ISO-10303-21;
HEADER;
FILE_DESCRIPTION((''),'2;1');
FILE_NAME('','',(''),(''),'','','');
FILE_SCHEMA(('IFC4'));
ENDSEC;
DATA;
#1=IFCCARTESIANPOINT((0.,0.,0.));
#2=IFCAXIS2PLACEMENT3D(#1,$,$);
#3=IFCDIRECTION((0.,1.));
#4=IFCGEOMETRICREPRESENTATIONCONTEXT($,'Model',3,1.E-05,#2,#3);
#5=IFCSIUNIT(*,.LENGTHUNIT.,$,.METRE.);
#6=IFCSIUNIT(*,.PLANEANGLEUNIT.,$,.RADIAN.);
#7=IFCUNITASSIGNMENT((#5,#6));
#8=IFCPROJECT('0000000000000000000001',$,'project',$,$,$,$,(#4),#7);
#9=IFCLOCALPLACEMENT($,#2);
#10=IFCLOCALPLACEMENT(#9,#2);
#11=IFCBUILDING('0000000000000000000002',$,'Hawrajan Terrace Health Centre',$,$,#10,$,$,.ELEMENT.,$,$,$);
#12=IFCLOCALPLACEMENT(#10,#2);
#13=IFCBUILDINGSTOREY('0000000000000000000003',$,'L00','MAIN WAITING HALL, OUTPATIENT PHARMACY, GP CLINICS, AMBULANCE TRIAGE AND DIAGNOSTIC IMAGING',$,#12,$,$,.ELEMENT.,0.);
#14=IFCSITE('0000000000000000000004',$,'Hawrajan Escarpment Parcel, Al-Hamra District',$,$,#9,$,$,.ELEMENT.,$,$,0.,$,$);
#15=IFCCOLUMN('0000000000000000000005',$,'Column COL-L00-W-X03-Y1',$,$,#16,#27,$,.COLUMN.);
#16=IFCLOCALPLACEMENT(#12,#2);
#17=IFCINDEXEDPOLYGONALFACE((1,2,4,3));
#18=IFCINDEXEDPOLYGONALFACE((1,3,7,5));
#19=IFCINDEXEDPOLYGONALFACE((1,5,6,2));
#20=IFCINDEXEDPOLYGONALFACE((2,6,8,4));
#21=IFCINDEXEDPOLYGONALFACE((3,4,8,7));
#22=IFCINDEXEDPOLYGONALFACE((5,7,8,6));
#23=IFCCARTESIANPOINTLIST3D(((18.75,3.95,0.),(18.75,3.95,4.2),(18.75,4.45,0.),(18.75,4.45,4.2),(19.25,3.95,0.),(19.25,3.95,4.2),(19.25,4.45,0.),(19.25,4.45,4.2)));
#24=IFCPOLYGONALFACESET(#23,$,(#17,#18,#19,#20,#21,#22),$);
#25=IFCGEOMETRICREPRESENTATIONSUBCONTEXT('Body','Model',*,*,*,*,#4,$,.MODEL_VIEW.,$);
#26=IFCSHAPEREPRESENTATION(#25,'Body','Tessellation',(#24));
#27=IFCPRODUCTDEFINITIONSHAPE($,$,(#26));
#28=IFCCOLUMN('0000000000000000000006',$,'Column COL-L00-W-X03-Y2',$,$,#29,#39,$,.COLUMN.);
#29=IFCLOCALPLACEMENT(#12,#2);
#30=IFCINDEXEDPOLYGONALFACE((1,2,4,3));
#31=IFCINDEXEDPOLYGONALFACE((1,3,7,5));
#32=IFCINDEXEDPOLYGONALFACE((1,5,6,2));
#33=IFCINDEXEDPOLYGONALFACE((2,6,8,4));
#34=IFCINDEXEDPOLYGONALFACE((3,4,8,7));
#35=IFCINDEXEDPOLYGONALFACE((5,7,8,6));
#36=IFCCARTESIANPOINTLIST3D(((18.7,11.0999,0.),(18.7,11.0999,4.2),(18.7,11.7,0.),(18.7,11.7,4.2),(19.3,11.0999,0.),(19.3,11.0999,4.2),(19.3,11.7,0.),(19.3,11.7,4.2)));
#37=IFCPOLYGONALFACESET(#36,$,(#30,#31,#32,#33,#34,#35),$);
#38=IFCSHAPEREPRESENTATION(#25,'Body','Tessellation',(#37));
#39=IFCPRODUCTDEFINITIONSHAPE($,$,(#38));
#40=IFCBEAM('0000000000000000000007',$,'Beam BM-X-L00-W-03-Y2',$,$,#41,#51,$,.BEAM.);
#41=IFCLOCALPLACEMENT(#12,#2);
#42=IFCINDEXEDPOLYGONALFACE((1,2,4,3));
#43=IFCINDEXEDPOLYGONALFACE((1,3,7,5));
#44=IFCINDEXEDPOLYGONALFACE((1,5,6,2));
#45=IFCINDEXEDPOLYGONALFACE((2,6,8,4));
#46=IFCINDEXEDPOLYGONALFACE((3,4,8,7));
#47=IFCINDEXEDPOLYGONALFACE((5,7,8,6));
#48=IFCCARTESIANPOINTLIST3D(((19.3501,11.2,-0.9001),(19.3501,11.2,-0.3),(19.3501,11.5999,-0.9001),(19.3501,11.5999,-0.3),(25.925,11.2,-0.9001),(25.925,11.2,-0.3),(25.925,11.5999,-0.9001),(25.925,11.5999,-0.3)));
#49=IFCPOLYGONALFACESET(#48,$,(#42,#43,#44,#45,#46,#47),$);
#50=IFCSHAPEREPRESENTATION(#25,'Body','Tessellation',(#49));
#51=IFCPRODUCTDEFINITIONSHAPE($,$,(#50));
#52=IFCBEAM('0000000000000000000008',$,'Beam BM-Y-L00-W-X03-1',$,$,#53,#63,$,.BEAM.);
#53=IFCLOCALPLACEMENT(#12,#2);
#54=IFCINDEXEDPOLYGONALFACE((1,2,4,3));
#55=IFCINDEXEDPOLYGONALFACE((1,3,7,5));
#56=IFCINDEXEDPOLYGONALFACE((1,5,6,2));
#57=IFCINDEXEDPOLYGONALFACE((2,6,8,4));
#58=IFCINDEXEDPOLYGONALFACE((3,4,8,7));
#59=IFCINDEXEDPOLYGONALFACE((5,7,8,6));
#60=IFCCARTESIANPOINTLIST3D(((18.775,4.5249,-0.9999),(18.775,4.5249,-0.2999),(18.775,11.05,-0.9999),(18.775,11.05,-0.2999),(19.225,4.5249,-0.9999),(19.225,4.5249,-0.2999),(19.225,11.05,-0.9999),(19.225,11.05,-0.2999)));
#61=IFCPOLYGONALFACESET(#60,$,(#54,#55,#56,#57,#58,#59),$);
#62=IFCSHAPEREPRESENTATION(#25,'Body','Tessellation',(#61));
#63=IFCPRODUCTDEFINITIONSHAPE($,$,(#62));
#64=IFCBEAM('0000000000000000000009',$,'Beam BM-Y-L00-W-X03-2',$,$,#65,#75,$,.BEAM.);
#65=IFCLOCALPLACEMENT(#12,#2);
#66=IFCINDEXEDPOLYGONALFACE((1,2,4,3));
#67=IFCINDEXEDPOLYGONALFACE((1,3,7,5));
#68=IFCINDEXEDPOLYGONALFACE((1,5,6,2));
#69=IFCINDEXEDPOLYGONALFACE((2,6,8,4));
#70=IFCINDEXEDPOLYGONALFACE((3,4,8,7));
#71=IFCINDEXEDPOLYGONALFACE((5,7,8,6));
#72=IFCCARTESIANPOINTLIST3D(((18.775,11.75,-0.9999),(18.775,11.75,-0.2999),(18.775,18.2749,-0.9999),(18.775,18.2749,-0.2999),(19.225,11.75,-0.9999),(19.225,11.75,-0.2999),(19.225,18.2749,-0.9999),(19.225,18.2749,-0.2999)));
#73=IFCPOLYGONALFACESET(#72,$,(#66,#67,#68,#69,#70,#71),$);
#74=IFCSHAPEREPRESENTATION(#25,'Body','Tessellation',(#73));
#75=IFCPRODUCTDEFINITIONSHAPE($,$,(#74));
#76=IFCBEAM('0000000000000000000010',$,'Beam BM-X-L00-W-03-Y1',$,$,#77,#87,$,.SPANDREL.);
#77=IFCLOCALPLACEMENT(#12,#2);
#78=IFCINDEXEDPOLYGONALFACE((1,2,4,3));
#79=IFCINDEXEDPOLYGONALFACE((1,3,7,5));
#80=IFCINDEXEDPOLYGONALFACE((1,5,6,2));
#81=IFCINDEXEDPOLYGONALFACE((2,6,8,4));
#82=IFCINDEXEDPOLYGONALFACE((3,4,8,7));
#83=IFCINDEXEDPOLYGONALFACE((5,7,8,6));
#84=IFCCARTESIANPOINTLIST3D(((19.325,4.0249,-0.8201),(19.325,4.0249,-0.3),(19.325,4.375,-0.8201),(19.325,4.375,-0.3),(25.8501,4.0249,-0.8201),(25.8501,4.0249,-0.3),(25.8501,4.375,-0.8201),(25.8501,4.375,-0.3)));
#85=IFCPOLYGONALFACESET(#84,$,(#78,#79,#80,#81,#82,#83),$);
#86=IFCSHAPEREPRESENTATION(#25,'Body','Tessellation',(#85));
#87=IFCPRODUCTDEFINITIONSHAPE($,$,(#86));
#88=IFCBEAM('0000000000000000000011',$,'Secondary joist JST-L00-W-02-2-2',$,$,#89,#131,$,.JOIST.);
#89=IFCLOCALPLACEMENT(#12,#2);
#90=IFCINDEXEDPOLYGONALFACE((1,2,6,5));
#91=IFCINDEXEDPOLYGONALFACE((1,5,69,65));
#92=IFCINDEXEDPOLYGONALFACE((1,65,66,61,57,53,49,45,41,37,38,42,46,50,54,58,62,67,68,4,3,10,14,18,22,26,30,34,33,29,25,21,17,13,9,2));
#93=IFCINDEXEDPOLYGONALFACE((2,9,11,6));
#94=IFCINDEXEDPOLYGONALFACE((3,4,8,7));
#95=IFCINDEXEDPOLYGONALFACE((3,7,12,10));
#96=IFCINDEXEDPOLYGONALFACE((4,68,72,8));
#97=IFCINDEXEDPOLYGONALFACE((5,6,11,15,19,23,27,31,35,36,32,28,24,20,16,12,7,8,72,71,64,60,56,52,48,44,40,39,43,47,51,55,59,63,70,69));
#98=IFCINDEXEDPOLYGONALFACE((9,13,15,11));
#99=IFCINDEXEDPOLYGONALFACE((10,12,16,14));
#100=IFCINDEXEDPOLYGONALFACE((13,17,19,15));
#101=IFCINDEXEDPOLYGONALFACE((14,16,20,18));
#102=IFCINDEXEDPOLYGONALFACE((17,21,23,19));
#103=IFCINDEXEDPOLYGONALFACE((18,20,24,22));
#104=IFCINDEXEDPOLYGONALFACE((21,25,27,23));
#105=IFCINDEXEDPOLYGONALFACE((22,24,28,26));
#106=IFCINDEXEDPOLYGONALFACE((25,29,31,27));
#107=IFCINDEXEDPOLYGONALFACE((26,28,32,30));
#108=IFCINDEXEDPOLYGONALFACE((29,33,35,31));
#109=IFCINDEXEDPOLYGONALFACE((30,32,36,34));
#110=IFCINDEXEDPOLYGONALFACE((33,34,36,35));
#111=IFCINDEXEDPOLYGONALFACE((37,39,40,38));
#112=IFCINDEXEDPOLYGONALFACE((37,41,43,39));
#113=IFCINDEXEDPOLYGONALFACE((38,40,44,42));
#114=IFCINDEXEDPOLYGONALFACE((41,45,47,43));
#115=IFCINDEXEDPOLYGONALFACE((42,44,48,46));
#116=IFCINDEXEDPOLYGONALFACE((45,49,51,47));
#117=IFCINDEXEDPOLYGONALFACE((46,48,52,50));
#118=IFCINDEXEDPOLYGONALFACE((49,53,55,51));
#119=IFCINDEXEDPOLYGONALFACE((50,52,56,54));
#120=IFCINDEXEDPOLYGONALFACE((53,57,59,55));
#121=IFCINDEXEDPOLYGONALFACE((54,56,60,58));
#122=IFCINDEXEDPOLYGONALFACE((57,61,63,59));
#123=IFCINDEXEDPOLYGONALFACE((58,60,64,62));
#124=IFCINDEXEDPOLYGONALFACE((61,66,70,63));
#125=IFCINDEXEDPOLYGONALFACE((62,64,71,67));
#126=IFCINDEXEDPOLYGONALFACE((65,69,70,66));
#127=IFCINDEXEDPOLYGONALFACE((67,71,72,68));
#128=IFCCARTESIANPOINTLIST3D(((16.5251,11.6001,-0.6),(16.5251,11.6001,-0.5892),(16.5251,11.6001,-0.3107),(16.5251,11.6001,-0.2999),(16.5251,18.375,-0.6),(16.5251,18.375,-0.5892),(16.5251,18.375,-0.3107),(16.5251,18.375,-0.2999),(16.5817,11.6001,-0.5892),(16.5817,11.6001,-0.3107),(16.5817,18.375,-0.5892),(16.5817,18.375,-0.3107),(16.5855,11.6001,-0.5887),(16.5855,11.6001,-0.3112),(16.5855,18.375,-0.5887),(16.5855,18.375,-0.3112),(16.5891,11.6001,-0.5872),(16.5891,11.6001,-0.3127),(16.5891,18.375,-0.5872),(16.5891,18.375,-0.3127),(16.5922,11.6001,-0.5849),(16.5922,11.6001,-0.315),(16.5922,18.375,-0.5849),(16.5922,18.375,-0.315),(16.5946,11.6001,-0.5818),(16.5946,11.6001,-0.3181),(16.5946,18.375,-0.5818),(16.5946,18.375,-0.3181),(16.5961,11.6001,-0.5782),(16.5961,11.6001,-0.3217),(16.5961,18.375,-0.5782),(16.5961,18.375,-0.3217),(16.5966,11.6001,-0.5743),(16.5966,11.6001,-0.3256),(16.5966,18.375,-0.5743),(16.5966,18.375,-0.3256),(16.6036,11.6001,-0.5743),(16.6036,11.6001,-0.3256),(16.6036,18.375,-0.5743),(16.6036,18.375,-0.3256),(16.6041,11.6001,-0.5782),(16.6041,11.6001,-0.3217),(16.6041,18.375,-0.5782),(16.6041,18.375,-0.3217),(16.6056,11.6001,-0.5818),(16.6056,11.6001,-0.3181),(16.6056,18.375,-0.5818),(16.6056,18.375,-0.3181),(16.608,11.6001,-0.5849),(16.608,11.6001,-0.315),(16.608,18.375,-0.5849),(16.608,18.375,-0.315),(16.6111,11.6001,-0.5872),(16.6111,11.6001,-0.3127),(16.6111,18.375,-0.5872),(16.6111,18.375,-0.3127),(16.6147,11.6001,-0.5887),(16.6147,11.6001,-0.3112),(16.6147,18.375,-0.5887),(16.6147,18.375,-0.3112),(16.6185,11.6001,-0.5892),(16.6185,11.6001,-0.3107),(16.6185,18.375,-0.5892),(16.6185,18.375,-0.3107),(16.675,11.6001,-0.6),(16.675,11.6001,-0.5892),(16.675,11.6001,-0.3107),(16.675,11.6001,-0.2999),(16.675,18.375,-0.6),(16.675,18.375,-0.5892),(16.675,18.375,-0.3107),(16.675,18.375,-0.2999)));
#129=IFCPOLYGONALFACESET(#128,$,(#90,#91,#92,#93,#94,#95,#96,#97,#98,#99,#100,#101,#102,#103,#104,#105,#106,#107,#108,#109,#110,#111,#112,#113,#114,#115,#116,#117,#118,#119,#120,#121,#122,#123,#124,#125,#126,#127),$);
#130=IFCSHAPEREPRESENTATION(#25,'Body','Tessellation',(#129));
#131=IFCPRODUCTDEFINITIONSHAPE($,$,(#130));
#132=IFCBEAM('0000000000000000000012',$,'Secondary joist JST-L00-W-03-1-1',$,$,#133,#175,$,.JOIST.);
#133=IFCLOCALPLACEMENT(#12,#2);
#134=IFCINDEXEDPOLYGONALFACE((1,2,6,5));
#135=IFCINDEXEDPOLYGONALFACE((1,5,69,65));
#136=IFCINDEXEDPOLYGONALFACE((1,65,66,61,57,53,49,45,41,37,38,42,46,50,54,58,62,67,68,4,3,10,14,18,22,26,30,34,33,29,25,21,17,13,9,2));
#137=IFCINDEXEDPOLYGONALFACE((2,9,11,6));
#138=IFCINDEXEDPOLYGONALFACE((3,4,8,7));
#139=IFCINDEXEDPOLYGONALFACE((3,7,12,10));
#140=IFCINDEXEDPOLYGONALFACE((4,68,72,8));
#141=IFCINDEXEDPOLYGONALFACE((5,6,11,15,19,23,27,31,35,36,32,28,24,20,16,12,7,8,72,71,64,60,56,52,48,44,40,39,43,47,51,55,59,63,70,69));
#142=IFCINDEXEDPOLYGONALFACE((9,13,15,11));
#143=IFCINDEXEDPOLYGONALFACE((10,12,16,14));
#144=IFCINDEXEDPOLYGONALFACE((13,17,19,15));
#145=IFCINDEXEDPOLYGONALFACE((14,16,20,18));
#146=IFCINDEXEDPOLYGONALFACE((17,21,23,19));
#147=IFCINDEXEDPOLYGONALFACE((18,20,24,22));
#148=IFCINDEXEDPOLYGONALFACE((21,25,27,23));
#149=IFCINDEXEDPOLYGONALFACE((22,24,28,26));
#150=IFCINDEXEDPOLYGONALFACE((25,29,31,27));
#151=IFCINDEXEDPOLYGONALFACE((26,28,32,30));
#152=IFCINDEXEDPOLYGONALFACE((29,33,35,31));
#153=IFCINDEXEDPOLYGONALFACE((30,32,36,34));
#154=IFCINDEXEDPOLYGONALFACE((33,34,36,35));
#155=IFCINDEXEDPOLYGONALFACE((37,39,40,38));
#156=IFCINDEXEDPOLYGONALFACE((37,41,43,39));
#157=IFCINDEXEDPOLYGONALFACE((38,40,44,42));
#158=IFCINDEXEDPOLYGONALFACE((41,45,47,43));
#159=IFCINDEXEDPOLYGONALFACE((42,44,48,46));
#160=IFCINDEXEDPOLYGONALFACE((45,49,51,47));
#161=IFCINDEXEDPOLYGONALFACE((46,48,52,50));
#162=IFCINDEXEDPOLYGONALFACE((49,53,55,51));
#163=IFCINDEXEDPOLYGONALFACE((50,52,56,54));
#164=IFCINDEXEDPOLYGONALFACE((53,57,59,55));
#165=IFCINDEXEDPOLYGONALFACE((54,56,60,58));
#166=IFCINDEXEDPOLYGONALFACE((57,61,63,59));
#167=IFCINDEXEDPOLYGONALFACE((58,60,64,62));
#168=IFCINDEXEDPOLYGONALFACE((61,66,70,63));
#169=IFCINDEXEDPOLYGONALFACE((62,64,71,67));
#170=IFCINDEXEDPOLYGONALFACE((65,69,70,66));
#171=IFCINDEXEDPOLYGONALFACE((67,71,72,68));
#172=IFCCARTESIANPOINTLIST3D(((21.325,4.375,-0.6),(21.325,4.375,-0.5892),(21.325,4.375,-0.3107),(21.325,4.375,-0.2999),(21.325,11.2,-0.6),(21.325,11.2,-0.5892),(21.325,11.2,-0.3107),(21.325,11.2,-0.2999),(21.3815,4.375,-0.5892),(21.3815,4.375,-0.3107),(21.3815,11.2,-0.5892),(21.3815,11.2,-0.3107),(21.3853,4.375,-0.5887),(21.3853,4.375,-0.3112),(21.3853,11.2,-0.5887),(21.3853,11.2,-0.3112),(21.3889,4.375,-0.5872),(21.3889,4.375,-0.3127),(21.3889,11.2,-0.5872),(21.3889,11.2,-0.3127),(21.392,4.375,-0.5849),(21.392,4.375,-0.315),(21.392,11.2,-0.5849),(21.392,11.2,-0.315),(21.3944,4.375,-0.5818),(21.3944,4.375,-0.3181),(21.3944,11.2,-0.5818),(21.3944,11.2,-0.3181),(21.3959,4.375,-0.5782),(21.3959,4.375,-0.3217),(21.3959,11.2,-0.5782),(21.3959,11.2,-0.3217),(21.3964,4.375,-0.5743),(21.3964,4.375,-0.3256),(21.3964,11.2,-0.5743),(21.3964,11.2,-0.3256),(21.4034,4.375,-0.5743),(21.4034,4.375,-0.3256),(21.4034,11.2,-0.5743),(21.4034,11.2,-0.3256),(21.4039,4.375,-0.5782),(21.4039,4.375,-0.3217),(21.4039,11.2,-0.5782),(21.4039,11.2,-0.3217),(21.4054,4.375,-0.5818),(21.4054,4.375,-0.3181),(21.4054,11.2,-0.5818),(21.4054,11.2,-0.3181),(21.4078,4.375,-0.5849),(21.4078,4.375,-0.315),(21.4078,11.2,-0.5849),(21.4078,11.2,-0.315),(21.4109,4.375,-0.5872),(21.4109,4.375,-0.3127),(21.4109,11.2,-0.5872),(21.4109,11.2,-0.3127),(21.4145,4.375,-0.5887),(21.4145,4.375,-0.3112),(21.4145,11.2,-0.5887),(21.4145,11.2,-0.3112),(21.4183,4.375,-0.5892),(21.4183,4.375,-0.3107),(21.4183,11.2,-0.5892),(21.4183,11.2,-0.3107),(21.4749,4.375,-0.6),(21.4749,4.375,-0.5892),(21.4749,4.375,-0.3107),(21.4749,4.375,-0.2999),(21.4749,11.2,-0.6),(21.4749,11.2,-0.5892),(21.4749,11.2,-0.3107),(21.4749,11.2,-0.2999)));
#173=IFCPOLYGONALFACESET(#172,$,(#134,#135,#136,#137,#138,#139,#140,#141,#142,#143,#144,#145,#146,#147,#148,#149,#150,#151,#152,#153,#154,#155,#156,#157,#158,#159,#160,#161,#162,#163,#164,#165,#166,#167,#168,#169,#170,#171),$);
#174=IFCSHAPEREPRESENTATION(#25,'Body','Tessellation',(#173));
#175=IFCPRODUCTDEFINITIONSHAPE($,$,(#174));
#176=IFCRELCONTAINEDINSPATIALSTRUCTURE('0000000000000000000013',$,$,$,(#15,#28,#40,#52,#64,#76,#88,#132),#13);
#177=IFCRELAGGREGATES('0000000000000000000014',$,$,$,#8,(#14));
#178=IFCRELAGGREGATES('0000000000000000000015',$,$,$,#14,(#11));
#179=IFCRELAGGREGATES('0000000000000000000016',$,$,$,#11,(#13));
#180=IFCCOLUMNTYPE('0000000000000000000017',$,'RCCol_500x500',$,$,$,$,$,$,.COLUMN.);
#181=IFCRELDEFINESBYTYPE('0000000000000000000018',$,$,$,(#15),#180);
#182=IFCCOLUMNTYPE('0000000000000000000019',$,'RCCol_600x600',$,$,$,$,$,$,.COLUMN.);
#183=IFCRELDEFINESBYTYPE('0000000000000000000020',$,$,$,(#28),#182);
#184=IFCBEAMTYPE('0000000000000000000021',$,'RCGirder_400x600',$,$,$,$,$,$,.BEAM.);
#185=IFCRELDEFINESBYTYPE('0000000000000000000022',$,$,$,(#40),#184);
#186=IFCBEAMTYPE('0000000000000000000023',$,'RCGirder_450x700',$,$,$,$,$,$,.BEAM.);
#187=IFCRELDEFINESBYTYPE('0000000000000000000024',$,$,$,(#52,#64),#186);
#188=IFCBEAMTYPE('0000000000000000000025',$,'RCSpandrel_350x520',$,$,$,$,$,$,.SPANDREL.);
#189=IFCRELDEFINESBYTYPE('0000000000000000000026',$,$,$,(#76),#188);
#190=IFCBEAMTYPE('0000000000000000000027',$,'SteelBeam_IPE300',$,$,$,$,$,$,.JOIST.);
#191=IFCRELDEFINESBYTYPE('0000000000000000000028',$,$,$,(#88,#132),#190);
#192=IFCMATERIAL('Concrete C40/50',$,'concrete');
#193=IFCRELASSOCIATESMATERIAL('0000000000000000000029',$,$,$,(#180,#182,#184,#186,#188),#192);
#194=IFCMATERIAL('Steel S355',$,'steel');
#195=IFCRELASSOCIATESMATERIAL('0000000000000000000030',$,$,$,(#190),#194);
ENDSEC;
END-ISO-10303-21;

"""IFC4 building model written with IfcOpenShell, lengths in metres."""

from ifc_helpers import new_model, si_unit, direction, frame, origin, origin_2d, place, context, subcontext, project, spatial, rectangle, i_section, extrude, material, material_profile, profile_set, type_object, element, save


model = new_model("IFC4")

# Units and contexts
model_context = context("Model", 3, precision=1e-05, world=origin(), true_north=direction((0.0, 1.0)))
body_context = subcontext(model_context, "Body", "Model", "MODEL_VIEW")
ifc_project = project(units=[si_unit("LENGTHUNIT", "METRE"), si_unit("PLANEANGLEUNIT", "RADIAN")], contexts=[model_context])

# Site, building, storey
site_placement = place(None, origin())
site = spatial("IfcSite", under=ifc_project, at=site_placement, Name="Hawrajan Escarpment Parcel, Al-Hamra District", CompositionType="ELEMENT", RefElevation=0.0)
building_placement = place(site_placement, origin())
building = spatial("IfcBuilding", under=site, at=building_placement, Name="Hawrajan Terrace Health Centre", CompositionType="ELEMENT")
storey_placement = place(building_placement, origin())
storey = spatial("IfcBuildingStorey", under=building, at=storey_placement, Name="L00", Description="MAIN WAITING HALL, OUTPATIENT PHARMACY, GP CLINICS, AMBULANCE TRIAGE AND DIAGNOSTIC IMAGING", CompositionType="ELEMENT", Elevation=0.0)

# Columns
ifc_material_1 = material(Name="Concrete C40/50", Category="concrete")
ifc_material_profile_1 = material_profile(ifc_material_1, rectangle(XDim=0.5, YDim=0.5, at=origin_2d()), Name="RC 500x500")
ifc_profile_set_1 = profile_set([ifc_material_profile_1], Name="Concrete C40/50")
column_type_1 = type_object("IfcColumnType", Name="RCCol_500x500", PredefinedType="COLUMN", material=ifc_profile_set_1)
column_1_placement = place(storey_placement, frame((19.0, 4.2, 0.0), z_axis=(0.0, 0.0, 1.0), x_axis=(1.0, 0.0, 0.0)))
element("IfcColumn", 1, at=column_1_placement, inside=storey, type_object=column_type_1, Name="Column COL-L00-W-X03-Y1", PredefinedType="COLUMN", context=body_context, shape_type="SweptSolid", body=[
    extrude(rectangle(XDim=0.5, YDim=0.5, at=origin_2d()), origin(), (0.0, 0.0, 1.0), 4.2),
])
ifc_material_profile_2 = material_profile(ifc_material_1, rectangle(XDim=0.6001, YDim=0.6001, at=origin_2d()), Name="RC 600x600")
ifc_profile_set_2 = profile_set([ifc_material_profile_2], Name="Concrete C40/50")
column_type_2 = type_object("IfcColumnType", Name="RCCol_600x600", PredefinedType="COLUMN", material=ifc_profile_set_2)
column_2_placement = place(storey_placement, frame((19.0, 11.3999, 0.0), z_axis=(0.0, 0.0, 1.0), x_axis=(1.0, 0.0, 0.0)))
element("IfcColumn", 2, at=column_2_placement, inside=storey, type_object=column_type_2, Name="Column COL-L00-W-X03-Y2", PredefinedType="COLUMN", context=body_context, shape_type="SweptSolid", body=[
    extrude(rectangle(XDim=0.6001, YDim=0.6001, at=origin_2d()), origin(), (0.0, 0.0, 1.0), 4.2),
])

# Beams
ifc_material_profile_3 = material_profile(ifc_material_1, rectangle(XDim=0.3999, YDim=0.6001, at=origin_2d()), Name="RC BM 400x600")
ifc_profile_set_3 = profile_set([ifc_material_profile_3], Name="Concrete C40/50")
beam_type_1 = type_object("IfcBeamType", Name="RCGirder_400x600", PredefinedType="BEAM", material=ifc_profile_set_3)
beam_1_placement = place(storey_placement, frame((19.3501, 11.3999, -0.6001), z_axis=(1.0, 0.0, 0.0), x_axis=(0.0, 1.0, 0.0)))
element("IfcBeam", 3, at=beam_1_placement, inside=storey, type_object=beam_type_1, Name="Beam BM-X-L00-W-03-Y2", PredefinedType="BEAM", context=body_context, shape_type="SweptSolid", body=[
    extrude(rectangle(XDim=0.3999, YDim=0.6001, at=origin_2d()), origin(), (0.0, 0.0, 1.0), 6.575),
])
ifc_material_profile_4 = material_profile(ifc_material_1, rectangle(XDim=0.45, YDim=0.7, at=origin_2d()), Name="RC BM 450x700")
ifc_profile_set_4 = profile_set([ifc_material_profile_4], Name="Concrete C40/50")
beam_type_2 = type_object("IfcBeamType", Name="RCGirder_450x700", PredefinedType="BEAM", material=ifc_profile_set_4)
beam_2_placement = place(storey_placement, frame((19.0, 4.5249, -0.6499), z_axis=(0.0, 1.0, 0.0), x_axis=(-1.0, 0.0, 0.0)))
element("IfcBeam", 4, at=beam_2_placement, inside=storey, type_object=beam_type_2, Name="Beam BM-Y-L00-W-X03-1", PredefinedType="BEAM", context=body_context, shape_type="SweptSolid", body=[
    extrude(rectangle(XDim=0.45, YDim=0.7, at=origin_2d()), origin(), (0.0, 0.0, 1.0), 6.5251),
])
beam_3_placement = place(storey_placement, frame((19.0, 11.75, -0.6499), z_axis=(0.0, 1.0, 0.0), x_axis=(-1.0, 0.0, 0.0)))
element("IfcBeam", 5, at=beam_3_placement, inside=storey, type_object=beam_type_2, Name="Beam BM-Y-L00-W-X03-2", PredefinedType="BEAM", context=body_context, shape_type="SweptSolid", body=[
    extrude(rectangle(XDim=0.45, YDim=0.7, at=origin_2d()), origin(), (0.0, 0.0, 1.0), 6.5249),
])
ifc_material_profile_5 = material_profile(ifc_material_1, rectangle(XDim=0.3501, YDim=0.52, at=origin_2d()), Name="RC SP 350x520")
ifc_profile_set_5 = profile_set([ifc_material_profile_5], Name="Concrete C40/50")
beam_type_3 = type_object("IfcBeamType", Name="RCSpandrel_350x520", PredefinedType="SPANDREL", material=ifc_profile_set_5)
beam_4_placement = place(storey_placement, frame((19.325, 4.2, -0.5601), z_axis=(1.0, 0.0, 0.0), x_axis=(0.0, 1.0, 0.0)))
element("IfcBeam", 6, at=beam_4_placement, inside=storey, type_object=beam_type_3, Name="Beam BM-X-L00-W-03-Y1", PredefinedType="SPANDREL", context=body_context, shape_type="SweptSolid", body=[
    extrude(rectangle(XDim=0.3501, YDim=0.52, at=origin_2d()), origin(), (0.0, 0.0, 1.0), 6.5251),
])
ifc_material_2 = material(Name="Steel S355", Category="steel")
ifc_material_profile_6 = material_profile(ifc_material_2, i_section(OverallWidth=0.1499, OverallDepth=0.3, WebThickness=0.0071, FlangeThickness=0.0107, FilletRadius=0.0149, at=origin_2d()), Name="IPE 300")
ifc_profile_set_6 = profile_set([ifc_material_profile_6], Name="Steel S355")
beam_type_4 = type_object("IfcBeamType", Name="SteelBeam_IPE300", PredefinedType="JOIST", material=ifc_profile_set_6)
beam_5_placement = place(storey_placement, frame((16.6001, 11.6001, -0.45), z_axis=(0.0, 1.0, 0.0), x_axis=(-1.0, 0.0, 0.0)))
element("IfcBeam", 7, at=beam_5_placement, inside=storey, type_object=beam_type_4, Name="Secondary joist JST-L00-W-02-2-2", PredefinedType="JOIST", context=body_context, shape_type="SweptSolid", body=[
    extrude(i_section(OverallWidth=0.1499, OverallDepth=0.3, WebThickness=0.0071, FlangeThickness=0.0107, FilletRadius=0.0149, at=origin_2d()), origin(), (0.0, 0.0, 1.0), 6.7749),
])
beam_6_placement = place(storey_placement, frame((21.3999, 4.375, -0.45), z_axis=(0.0, 1.0, 0.0), x_axis=(-1.0, 0.0, 0.0)))
element("IfcBeam", 8, at=beam_6_placement, inside=storey, type_object=beam_type_4, Name="Secondary joist JST-L00-W-03-1-1", PredefinedType="JOIST", context=body_context, shape_type="SweptSolid", body=[
    extrude(i_section(OverallWidth=0.1499, OverallDepth=0.3, WebThickness=0.0071, FlangeThickness=0.0107, FilletRadius=0.0149, at=origin_2d()), origin(), (0.0, 0.0, 1.0), 6.825),
])

save(model, "model.ifc")
